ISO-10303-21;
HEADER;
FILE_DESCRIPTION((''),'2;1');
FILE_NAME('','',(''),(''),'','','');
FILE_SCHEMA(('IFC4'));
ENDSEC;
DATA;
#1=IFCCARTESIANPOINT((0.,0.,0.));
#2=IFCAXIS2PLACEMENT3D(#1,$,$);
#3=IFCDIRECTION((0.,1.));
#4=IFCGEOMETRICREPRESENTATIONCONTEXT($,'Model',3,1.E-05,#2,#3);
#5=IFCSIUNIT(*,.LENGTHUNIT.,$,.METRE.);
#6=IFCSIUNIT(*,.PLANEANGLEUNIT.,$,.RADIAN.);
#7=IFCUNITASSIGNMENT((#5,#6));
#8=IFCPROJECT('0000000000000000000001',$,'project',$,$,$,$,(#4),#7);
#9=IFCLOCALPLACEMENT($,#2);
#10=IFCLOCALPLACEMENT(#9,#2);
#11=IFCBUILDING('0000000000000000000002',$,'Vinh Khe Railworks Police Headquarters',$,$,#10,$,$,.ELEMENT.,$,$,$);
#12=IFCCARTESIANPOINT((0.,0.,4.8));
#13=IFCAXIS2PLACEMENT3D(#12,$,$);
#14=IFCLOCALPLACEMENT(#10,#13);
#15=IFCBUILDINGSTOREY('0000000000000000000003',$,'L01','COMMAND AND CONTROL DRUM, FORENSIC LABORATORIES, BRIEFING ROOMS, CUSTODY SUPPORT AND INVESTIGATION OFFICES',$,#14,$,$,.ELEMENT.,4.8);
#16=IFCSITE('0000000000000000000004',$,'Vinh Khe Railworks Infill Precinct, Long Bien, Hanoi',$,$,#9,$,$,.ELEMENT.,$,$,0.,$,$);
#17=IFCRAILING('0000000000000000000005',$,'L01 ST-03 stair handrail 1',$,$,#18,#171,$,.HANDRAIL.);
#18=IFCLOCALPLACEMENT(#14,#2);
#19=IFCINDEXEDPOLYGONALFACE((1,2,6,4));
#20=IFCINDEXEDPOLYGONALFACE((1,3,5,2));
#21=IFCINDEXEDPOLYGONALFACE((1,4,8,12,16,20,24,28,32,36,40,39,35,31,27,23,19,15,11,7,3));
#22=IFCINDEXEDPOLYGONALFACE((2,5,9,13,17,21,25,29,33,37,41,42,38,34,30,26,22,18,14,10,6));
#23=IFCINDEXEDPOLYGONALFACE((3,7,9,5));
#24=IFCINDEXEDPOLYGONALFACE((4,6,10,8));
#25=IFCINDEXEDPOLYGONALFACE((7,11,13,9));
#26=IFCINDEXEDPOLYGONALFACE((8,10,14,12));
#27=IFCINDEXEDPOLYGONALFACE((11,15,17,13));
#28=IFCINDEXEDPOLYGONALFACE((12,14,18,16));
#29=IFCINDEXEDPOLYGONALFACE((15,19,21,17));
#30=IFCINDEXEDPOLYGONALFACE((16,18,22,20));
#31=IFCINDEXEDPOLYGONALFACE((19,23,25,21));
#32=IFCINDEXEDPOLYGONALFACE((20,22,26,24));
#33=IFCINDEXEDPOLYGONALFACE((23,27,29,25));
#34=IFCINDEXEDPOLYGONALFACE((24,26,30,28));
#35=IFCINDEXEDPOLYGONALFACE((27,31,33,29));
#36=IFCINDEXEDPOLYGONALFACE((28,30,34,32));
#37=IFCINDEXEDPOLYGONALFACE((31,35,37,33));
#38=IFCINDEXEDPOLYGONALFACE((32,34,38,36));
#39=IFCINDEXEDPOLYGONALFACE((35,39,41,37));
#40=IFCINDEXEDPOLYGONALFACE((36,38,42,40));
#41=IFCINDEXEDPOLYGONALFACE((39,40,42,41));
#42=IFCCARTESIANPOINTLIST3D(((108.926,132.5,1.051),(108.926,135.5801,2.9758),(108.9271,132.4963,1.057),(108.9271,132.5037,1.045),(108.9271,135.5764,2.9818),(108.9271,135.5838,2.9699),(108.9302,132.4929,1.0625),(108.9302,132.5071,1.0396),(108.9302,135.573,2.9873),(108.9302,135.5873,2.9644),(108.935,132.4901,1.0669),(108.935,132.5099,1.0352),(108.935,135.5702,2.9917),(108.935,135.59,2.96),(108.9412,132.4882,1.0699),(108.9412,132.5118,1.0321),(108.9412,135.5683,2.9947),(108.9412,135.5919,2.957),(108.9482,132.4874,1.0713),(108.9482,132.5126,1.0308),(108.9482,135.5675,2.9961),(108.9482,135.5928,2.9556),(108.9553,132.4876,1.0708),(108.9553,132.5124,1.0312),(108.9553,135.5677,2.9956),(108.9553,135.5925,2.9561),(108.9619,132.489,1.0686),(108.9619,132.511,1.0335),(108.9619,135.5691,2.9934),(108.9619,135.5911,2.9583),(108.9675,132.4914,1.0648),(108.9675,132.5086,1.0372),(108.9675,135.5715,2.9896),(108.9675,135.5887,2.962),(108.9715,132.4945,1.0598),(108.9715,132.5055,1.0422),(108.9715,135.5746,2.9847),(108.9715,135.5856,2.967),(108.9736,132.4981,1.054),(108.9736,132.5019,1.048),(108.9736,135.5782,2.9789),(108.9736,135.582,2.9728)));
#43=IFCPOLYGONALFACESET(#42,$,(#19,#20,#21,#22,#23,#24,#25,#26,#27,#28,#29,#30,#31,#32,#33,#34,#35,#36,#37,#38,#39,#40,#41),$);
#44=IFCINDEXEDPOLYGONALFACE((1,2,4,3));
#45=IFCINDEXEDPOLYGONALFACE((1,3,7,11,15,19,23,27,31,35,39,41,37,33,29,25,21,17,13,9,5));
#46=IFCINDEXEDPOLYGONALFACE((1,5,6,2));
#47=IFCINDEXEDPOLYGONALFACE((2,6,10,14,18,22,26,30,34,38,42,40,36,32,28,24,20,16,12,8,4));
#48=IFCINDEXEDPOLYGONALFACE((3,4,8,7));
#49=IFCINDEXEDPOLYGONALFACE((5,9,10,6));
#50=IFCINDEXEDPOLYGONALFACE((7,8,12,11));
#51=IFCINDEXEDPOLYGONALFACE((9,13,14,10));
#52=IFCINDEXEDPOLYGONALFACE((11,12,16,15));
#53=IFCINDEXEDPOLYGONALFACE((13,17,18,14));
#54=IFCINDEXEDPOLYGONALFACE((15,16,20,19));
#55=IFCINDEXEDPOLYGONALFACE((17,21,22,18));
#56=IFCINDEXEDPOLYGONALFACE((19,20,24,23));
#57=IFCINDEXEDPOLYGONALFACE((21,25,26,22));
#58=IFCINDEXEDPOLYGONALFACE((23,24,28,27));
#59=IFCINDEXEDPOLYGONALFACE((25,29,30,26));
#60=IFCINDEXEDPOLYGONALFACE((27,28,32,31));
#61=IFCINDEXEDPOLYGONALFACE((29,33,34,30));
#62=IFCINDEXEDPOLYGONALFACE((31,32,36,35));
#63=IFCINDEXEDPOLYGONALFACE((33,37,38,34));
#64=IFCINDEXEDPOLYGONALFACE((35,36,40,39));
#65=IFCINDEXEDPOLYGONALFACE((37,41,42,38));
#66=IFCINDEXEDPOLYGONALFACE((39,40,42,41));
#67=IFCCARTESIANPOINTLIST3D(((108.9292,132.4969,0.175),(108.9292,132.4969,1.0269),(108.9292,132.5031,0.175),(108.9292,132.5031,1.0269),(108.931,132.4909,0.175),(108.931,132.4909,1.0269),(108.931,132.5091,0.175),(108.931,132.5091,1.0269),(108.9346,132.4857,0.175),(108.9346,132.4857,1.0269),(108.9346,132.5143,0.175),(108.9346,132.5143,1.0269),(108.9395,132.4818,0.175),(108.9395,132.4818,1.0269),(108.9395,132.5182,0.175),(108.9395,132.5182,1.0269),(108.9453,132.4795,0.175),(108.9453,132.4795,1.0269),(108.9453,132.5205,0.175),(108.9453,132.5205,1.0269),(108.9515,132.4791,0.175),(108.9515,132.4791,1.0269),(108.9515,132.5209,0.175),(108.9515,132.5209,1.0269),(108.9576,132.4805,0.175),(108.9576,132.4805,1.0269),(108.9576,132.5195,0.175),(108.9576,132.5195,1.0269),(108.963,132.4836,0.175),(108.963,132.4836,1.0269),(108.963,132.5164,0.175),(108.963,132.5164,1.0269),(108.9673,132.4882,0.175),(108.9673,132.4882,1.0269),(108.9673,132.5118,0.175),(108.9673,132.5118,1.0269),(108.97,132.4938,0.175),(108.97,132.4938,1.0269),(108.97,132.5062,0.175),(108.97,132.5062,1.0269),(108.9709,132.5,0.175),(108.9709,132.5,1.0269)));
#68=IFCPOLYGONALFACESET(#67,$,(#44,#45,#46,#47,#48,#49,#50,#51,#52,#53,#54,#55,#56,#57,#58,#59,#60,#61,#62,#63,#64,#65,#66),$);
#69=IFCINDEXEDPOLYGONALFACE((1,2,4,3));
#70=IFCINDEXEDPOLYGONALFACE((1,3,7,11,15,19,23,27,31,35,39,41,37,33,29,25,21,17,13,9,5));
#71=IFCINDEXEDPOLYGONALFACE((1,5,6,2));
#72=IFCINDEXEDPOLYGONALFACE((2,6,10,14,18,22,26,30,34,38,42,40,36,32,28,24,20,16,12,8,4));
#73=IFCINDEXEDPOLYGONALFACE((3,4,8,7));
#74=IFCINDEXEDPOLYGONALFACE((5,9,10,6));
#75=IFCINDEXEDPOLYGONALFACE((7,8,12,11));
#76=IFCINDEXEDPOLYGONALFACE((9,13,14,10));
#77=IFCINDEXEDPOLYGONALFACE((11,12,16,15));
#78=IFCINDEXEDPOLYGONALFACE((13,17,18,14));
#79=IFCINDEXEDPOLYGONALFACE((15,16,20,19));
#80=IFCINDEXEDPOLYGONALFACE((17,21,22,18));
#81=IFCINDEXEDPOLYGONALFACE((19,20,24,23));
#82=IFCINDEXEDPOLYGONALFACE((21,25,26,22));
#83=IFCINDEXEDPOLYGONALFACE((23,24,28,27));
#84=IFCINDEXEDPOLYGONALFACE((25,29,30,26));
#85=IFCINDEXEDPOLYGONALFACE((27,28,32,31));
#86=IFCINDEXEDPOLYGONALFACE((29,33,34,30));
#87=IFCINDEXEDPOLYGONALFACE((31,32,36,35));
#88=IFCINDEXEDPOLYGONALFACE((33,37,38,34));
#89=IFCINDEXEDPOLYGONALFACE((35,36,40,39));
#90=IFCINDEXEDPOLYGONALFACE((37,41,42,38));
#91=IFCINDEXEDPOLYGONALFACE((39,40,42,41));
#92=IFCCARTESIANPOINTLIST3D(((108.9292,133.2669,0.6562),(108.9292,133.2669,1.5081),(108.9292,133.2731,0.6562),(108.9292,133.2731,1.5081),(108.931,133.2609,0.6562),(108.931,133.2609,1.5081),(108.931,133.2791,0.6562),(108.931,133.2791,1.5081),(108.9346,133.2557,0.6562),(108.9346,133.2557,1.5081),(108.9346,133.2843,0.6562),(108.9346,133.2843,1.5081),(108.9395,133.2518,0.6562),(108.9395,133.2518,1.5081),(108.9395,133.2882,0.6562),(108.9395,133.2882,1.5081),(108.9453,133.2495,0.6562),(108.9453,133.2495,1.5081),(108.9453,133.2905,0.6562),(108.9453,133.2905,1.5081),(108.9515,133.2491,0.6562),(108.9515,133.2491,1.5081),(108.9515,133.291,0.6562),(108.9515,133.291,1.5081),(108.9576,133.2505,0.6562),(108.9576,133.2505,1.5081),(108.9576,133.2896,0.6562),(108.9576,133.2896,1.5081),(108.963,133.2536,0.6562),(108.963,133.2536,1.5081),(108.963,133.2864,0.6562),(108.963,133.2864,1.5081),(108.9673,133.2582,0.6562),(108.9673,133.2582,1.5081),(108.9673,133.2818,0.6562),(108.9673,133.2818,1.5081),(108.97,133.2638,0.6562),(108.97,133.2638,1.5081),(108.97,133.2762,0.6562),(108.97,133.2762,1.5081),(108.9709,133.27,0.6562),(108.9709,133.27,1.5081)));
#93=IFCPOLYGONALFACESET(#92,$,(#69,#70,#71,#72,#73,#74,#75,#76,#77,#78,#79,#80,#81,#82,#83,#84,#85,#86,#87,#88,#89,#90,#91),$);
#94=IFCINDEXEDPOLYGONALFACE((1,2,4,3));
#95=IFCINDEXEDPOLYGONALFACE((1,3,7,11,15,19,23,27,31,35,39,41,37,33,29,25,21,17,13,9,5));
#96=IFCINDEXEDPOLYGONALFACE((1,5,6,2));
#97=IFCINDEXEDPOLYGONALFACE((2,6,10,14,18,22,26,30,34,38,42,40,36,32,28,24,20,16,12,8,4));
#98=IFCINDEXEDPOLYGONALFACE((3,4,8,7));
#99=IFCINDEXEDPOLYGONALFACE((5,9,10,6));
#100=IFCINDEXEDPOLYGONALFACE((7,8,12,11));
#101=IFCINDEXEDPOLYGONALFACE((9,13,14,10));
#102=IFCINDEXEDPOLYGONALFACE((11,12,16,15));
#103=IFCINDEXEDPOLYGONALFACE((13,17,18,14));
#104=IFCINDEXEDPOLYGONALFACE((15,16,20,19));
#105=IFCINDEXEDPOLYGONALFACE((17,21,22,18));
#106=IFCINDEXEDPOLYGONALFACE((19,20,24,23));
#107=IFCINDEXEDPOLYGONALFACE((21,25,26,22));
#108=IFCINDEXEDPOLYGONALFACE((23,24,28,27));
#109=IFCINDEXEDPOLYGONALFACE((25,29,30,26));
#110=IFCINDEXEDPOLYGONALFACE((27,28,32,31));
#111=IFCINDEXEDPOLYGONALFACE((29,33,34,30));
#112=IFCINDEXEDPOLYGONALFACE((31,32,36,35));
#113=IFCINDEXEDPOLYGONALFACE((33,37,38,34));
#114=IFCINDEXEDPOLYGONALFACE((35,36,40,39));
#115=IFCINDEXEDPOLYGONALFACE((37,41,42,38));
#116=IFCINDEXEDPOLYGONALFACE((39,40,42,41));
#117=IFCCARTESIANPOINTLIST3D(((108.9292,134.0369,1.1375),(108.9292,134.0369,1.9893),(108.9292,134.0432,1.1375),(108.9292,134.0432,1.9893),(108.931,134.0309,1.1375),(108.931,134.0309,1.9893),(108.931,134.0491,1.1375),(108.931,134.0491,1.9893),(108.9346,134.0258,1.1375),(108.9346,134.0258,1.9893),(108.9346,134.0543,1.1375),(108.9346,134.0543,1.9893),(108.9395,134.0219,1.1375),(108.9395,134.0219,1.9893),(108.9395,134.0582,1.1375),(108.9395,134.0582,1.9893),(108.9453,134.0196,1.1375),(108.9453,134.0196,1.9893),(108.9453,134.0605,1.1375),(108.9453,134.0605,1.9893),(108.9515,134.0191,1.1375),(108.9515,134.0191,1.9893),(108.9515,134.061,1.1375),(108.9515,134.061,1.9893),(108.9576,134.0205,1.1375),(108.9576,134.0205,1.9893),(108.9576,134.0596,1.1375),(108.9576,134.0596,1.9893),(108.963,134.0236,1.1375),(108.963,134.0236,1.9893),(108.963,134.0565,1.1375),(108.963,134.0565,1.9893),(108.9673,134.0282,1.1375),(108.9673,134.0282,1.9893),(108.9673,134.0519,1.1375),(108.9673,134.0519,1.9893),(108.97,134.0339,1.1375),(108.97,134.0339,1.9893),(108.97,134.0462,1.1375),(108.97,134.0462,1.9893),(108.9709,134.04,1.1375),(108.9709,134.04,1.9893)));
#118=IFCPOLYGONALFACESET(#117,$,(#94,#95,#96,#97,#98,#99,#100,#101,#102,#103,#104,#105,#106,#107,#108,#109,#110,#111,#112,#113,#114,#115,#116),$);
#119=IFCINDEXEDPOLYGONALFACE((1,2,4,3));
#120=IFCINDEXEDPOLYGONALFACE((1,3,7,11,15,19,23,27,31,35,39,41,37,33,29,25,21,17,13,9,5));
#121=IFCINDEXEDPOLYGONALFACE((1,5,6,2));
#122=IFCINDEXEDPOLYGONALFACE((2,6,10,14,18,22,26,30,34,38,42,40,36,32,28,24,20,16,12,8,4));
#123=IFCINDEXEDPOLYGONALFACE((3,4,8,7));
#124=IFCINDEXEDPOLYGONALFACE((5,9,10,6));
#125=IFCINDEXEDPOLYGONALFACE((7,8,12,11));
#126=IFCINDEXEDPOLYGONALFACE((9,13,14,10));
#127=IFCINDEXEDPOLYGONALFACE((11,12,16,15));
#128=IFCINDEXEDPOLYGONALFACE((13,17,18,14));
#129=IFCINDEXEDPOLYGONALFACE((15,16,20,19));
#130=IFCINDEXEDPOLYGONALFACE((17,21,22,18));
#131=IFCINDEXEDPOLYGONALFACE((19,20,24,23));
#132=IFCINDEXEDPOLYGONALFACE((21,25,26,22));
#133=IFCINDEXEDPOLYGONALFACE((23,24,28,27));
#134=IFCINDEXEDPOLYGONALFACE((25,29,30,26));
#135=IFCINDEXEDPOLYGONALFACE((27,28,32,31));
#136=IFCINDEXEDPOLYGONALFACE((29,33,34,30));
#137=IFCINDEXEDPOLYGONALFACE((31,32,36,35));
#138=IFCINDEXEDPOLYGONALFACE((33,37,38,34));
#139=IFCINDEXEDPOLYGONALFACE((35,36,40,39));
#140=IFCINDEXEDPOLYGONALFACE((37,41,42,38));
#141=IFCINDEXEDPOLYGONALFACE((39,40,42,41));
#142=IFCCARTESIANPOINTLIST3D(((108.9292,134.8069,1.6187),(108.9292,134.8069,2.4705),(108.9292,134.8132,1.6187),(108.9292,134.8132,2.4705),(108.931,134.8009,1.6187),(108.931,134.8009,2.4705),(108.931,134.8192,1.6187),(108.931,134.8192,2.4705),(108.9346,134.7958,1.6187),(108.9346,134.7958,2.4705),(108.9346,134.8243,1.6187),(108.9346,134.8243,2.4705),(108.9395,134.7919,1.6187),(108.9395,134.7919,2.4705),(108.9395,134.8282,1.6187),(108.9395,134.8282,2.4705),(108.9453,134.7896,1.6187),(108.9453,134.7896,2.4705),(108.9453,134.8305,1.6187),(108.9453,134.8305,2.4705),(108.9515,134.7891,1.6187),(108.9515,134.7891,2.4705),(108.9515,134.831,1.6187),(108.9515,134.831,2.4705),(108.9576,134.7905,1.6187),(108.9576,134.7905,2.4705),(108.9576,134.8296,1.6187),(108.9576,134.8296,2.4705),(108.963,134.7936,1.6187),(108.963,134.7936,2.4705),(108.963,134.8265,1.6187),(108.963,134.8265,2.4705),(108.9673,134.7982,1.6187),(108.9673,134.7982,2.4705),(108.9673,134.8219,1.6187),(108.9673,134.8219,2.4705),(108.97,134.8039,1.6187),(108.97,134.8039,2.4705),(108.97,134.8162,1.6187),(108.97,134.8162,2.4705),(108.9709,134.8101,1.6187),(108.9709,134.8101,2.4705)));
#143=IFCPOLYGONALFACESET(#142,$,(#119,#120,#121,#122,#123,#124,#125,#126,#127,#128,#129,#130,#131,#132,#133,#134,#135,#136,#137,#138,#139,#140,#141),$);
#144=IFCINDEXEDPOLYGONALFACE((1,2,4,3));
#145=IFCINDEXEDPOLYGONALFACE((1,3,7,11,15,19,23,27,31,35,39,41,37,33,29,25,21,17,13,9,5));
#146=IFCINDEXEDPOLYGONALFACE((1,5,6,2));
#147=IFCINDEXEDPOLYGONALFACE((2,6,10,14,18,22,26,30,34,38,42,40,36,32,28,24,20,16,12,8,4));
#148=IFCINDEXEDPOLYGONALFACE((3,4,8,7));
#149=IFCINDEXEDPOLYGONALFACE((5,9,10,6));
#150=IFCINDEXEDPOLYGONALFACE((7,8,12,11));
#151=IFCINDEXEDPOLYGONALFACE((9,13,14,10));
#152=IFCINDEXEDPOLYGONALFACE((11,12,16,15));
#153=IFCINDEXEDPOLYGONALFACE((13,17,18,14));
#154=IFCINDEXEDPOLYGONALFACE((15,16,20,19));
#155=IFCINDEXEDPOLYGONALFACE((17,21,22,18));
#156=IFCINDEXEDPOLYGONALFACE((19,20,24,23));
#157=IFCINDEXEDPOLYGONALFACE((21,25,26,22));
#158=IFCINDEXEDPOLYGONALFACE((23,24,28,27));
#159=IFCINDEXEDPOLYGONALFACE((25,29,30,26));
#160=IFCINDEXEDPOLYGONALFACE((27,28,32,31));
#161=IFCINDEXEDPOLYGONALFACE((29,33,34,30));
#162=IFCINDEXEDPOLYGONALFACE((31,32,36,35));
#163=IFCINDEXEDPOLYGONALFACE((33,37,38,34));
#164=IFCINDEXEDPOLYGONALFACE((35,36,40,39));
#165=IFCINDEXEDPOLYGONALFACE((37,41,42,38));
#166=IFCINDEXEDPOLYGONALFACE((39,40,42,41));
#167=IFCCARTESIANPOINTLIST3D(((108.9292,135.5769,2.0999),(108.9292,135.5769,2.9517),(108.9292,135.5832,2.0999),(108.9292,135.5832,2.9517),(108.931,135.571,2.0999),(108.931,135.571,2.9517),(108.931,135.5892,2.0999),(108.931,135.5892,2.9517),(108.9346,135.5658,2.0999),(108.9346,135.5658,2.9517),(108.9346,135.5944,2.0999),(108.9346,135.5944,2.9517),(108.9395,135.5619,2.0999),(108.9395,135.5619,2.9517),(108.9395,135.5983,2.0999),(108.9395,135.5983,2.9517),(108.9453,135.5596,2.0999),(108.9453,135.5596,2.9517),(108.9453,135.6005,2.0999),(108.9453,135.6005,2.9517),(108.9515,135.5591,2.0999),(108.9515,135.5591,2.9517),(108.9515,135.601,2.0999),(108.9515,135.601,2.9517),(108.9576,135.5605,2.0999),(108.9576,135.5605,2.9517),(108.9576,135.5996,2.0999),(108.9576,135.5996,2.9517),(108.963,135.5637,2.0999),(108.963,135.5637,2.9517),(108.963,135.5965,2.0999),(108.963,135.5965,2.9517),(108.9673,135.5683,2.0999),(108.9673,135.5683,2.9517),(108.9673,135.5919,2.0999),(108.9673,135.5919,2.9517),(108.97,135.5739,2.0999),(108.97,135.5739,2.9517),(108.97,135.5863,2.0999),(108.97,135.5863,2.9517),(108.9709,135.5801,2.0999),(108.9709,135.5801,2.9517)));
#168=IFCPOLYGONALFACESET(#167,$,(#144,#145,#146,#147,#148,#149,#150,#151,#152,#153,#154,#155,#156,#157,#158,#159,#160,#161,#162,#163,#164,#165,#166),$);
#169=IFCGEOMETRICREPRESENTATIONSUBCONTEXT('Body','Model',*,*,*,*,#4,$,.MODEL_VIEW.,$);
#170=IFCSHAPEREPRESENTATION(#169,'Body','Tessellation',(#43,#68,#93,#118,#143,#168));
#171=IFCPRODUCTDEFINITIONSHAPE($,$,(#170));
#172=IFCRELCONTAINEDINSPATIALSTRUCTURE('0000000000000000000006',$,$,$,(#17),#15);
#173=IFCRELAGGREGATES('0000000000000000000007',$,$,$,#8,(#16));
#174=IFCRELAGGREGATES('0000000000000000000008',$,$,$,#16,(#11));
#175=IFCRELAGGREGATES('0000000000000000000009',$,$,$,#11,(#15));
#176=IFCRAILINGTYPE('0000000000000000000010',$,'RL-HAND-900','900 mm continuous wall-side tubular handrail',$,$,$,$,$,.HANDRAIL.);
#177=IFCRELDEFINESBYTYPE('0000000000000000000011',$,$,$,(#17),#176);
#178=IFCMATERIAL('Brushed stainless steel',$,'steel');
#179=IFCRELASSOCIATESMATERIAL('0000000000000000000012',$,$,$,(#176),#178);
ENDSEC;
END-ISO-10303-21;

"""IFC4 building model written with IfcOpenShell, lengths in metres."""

from ifc_helpers import new_model, si_unit, direction, frame, origin, origin_2d, place, context, subcontext, project, spatial, circle, extrude, material, type_object, element, save


model = new_model("IFC4")

# Units and contexts
model_context = context("Model", 3, precision=1e-05, world=origin(), true_north=direction((0.0, 1.0)))
body_context = subcontext(model_context, "Body", "Model", "MODEL_VIEW")
ifc_project = project(units=[si_unit("LENGTHUNIT", "METRE"), si_unit("PLANEANGLEUNIT", "RADIAN")], contexts=[model_context])

# Site, building, storey
site_placement = place(None, origin())
site = spatial("IfcSite", under=ifc_project, at=site_placement, Name="Vinh Khe Railworks Infill Precinct, Long Bien, Hanoi", CompositionType="ELEMENT", RefElevation=0.0)
building_placement = place(site_placement, origin())
building = spatial("IfcBuilding", under=site, at=building_placement, Name="Vinh Khe Railworks Police Headquarters", CompositionType="ELEMENT")
storey_placement = place(building_placement, frame((0.0, 0.0, 4.8)))
storey = spatial("IfcBuildingStorey", under=building, at=storey_placement, Name="L01", Description="COMMAND AND CONTROL DRUM, FORENSIC LABORATORIES, BRIEFING ROOMS, CUSTODY SUPPORT AND INVESTIGATION OFFICES", CompositionType="ELEMENT", Elevation=4.8)

# Railing
ifc_material_1 = material(Name="Brushed stainless steel", Category="steel")
railing_type_1 = type_object("IfcRailingType", Name="RL-HAND-900", Description="900 mm continuous wall-side tubular handrail", PredefinedType="HANDRAIL", material=ifc_material_1)
railing_1_placement = place(storey_placement, frame((108.95, 132.5, 0.175)))
element("IfcRailing", 1, at=railing_1_placement, inside=storey, type_object=railing_type_1, Name="L01 ST-03 stair handrail 1", PredefinedType="HANDRAIL", context=body_context, shape_type="SweptSolid", body=[
    extrude(circle(Radius=0.0239, at=origin_2d()), frame((0.0, 0.0, 0.876), z_axis=(0.0, 0.848029, 0.529951), x_axis=(-1.0, 0.0, 0.0)), (0.0, 0.0, 1.0), 3.6321),
    extrude(circle(Radius=0.021, at=origin_2d()), origin(), (0.0, 0.0, 1.0), 0.8518),
    extrude(circle(Radius=0.021, at=origin_2d()), frame((0.0, 0.77, 0.4812)), (0.0, 0.0, 1.0), 0.8518),
    extrude(circle(Radius=0.021, at=origin_2d()), frame((0.0, 1.54, 0.9624)), (0.0, 0.0, 1.0), 0.8518),
    extrude(circle(Radius=0.021, at=origin_2d()), frame((0.0, 2.3101, 1.4436)), (0.0, 0.0, 1.0), 0.8518),
    extrude(circle(Radius=0.021, at=origin_2d()), frame((0.0, 3.0801, 1.9248)), (0.0, 0.0, 1.0), 0.8518),
])

save(model, "model.ifc")
